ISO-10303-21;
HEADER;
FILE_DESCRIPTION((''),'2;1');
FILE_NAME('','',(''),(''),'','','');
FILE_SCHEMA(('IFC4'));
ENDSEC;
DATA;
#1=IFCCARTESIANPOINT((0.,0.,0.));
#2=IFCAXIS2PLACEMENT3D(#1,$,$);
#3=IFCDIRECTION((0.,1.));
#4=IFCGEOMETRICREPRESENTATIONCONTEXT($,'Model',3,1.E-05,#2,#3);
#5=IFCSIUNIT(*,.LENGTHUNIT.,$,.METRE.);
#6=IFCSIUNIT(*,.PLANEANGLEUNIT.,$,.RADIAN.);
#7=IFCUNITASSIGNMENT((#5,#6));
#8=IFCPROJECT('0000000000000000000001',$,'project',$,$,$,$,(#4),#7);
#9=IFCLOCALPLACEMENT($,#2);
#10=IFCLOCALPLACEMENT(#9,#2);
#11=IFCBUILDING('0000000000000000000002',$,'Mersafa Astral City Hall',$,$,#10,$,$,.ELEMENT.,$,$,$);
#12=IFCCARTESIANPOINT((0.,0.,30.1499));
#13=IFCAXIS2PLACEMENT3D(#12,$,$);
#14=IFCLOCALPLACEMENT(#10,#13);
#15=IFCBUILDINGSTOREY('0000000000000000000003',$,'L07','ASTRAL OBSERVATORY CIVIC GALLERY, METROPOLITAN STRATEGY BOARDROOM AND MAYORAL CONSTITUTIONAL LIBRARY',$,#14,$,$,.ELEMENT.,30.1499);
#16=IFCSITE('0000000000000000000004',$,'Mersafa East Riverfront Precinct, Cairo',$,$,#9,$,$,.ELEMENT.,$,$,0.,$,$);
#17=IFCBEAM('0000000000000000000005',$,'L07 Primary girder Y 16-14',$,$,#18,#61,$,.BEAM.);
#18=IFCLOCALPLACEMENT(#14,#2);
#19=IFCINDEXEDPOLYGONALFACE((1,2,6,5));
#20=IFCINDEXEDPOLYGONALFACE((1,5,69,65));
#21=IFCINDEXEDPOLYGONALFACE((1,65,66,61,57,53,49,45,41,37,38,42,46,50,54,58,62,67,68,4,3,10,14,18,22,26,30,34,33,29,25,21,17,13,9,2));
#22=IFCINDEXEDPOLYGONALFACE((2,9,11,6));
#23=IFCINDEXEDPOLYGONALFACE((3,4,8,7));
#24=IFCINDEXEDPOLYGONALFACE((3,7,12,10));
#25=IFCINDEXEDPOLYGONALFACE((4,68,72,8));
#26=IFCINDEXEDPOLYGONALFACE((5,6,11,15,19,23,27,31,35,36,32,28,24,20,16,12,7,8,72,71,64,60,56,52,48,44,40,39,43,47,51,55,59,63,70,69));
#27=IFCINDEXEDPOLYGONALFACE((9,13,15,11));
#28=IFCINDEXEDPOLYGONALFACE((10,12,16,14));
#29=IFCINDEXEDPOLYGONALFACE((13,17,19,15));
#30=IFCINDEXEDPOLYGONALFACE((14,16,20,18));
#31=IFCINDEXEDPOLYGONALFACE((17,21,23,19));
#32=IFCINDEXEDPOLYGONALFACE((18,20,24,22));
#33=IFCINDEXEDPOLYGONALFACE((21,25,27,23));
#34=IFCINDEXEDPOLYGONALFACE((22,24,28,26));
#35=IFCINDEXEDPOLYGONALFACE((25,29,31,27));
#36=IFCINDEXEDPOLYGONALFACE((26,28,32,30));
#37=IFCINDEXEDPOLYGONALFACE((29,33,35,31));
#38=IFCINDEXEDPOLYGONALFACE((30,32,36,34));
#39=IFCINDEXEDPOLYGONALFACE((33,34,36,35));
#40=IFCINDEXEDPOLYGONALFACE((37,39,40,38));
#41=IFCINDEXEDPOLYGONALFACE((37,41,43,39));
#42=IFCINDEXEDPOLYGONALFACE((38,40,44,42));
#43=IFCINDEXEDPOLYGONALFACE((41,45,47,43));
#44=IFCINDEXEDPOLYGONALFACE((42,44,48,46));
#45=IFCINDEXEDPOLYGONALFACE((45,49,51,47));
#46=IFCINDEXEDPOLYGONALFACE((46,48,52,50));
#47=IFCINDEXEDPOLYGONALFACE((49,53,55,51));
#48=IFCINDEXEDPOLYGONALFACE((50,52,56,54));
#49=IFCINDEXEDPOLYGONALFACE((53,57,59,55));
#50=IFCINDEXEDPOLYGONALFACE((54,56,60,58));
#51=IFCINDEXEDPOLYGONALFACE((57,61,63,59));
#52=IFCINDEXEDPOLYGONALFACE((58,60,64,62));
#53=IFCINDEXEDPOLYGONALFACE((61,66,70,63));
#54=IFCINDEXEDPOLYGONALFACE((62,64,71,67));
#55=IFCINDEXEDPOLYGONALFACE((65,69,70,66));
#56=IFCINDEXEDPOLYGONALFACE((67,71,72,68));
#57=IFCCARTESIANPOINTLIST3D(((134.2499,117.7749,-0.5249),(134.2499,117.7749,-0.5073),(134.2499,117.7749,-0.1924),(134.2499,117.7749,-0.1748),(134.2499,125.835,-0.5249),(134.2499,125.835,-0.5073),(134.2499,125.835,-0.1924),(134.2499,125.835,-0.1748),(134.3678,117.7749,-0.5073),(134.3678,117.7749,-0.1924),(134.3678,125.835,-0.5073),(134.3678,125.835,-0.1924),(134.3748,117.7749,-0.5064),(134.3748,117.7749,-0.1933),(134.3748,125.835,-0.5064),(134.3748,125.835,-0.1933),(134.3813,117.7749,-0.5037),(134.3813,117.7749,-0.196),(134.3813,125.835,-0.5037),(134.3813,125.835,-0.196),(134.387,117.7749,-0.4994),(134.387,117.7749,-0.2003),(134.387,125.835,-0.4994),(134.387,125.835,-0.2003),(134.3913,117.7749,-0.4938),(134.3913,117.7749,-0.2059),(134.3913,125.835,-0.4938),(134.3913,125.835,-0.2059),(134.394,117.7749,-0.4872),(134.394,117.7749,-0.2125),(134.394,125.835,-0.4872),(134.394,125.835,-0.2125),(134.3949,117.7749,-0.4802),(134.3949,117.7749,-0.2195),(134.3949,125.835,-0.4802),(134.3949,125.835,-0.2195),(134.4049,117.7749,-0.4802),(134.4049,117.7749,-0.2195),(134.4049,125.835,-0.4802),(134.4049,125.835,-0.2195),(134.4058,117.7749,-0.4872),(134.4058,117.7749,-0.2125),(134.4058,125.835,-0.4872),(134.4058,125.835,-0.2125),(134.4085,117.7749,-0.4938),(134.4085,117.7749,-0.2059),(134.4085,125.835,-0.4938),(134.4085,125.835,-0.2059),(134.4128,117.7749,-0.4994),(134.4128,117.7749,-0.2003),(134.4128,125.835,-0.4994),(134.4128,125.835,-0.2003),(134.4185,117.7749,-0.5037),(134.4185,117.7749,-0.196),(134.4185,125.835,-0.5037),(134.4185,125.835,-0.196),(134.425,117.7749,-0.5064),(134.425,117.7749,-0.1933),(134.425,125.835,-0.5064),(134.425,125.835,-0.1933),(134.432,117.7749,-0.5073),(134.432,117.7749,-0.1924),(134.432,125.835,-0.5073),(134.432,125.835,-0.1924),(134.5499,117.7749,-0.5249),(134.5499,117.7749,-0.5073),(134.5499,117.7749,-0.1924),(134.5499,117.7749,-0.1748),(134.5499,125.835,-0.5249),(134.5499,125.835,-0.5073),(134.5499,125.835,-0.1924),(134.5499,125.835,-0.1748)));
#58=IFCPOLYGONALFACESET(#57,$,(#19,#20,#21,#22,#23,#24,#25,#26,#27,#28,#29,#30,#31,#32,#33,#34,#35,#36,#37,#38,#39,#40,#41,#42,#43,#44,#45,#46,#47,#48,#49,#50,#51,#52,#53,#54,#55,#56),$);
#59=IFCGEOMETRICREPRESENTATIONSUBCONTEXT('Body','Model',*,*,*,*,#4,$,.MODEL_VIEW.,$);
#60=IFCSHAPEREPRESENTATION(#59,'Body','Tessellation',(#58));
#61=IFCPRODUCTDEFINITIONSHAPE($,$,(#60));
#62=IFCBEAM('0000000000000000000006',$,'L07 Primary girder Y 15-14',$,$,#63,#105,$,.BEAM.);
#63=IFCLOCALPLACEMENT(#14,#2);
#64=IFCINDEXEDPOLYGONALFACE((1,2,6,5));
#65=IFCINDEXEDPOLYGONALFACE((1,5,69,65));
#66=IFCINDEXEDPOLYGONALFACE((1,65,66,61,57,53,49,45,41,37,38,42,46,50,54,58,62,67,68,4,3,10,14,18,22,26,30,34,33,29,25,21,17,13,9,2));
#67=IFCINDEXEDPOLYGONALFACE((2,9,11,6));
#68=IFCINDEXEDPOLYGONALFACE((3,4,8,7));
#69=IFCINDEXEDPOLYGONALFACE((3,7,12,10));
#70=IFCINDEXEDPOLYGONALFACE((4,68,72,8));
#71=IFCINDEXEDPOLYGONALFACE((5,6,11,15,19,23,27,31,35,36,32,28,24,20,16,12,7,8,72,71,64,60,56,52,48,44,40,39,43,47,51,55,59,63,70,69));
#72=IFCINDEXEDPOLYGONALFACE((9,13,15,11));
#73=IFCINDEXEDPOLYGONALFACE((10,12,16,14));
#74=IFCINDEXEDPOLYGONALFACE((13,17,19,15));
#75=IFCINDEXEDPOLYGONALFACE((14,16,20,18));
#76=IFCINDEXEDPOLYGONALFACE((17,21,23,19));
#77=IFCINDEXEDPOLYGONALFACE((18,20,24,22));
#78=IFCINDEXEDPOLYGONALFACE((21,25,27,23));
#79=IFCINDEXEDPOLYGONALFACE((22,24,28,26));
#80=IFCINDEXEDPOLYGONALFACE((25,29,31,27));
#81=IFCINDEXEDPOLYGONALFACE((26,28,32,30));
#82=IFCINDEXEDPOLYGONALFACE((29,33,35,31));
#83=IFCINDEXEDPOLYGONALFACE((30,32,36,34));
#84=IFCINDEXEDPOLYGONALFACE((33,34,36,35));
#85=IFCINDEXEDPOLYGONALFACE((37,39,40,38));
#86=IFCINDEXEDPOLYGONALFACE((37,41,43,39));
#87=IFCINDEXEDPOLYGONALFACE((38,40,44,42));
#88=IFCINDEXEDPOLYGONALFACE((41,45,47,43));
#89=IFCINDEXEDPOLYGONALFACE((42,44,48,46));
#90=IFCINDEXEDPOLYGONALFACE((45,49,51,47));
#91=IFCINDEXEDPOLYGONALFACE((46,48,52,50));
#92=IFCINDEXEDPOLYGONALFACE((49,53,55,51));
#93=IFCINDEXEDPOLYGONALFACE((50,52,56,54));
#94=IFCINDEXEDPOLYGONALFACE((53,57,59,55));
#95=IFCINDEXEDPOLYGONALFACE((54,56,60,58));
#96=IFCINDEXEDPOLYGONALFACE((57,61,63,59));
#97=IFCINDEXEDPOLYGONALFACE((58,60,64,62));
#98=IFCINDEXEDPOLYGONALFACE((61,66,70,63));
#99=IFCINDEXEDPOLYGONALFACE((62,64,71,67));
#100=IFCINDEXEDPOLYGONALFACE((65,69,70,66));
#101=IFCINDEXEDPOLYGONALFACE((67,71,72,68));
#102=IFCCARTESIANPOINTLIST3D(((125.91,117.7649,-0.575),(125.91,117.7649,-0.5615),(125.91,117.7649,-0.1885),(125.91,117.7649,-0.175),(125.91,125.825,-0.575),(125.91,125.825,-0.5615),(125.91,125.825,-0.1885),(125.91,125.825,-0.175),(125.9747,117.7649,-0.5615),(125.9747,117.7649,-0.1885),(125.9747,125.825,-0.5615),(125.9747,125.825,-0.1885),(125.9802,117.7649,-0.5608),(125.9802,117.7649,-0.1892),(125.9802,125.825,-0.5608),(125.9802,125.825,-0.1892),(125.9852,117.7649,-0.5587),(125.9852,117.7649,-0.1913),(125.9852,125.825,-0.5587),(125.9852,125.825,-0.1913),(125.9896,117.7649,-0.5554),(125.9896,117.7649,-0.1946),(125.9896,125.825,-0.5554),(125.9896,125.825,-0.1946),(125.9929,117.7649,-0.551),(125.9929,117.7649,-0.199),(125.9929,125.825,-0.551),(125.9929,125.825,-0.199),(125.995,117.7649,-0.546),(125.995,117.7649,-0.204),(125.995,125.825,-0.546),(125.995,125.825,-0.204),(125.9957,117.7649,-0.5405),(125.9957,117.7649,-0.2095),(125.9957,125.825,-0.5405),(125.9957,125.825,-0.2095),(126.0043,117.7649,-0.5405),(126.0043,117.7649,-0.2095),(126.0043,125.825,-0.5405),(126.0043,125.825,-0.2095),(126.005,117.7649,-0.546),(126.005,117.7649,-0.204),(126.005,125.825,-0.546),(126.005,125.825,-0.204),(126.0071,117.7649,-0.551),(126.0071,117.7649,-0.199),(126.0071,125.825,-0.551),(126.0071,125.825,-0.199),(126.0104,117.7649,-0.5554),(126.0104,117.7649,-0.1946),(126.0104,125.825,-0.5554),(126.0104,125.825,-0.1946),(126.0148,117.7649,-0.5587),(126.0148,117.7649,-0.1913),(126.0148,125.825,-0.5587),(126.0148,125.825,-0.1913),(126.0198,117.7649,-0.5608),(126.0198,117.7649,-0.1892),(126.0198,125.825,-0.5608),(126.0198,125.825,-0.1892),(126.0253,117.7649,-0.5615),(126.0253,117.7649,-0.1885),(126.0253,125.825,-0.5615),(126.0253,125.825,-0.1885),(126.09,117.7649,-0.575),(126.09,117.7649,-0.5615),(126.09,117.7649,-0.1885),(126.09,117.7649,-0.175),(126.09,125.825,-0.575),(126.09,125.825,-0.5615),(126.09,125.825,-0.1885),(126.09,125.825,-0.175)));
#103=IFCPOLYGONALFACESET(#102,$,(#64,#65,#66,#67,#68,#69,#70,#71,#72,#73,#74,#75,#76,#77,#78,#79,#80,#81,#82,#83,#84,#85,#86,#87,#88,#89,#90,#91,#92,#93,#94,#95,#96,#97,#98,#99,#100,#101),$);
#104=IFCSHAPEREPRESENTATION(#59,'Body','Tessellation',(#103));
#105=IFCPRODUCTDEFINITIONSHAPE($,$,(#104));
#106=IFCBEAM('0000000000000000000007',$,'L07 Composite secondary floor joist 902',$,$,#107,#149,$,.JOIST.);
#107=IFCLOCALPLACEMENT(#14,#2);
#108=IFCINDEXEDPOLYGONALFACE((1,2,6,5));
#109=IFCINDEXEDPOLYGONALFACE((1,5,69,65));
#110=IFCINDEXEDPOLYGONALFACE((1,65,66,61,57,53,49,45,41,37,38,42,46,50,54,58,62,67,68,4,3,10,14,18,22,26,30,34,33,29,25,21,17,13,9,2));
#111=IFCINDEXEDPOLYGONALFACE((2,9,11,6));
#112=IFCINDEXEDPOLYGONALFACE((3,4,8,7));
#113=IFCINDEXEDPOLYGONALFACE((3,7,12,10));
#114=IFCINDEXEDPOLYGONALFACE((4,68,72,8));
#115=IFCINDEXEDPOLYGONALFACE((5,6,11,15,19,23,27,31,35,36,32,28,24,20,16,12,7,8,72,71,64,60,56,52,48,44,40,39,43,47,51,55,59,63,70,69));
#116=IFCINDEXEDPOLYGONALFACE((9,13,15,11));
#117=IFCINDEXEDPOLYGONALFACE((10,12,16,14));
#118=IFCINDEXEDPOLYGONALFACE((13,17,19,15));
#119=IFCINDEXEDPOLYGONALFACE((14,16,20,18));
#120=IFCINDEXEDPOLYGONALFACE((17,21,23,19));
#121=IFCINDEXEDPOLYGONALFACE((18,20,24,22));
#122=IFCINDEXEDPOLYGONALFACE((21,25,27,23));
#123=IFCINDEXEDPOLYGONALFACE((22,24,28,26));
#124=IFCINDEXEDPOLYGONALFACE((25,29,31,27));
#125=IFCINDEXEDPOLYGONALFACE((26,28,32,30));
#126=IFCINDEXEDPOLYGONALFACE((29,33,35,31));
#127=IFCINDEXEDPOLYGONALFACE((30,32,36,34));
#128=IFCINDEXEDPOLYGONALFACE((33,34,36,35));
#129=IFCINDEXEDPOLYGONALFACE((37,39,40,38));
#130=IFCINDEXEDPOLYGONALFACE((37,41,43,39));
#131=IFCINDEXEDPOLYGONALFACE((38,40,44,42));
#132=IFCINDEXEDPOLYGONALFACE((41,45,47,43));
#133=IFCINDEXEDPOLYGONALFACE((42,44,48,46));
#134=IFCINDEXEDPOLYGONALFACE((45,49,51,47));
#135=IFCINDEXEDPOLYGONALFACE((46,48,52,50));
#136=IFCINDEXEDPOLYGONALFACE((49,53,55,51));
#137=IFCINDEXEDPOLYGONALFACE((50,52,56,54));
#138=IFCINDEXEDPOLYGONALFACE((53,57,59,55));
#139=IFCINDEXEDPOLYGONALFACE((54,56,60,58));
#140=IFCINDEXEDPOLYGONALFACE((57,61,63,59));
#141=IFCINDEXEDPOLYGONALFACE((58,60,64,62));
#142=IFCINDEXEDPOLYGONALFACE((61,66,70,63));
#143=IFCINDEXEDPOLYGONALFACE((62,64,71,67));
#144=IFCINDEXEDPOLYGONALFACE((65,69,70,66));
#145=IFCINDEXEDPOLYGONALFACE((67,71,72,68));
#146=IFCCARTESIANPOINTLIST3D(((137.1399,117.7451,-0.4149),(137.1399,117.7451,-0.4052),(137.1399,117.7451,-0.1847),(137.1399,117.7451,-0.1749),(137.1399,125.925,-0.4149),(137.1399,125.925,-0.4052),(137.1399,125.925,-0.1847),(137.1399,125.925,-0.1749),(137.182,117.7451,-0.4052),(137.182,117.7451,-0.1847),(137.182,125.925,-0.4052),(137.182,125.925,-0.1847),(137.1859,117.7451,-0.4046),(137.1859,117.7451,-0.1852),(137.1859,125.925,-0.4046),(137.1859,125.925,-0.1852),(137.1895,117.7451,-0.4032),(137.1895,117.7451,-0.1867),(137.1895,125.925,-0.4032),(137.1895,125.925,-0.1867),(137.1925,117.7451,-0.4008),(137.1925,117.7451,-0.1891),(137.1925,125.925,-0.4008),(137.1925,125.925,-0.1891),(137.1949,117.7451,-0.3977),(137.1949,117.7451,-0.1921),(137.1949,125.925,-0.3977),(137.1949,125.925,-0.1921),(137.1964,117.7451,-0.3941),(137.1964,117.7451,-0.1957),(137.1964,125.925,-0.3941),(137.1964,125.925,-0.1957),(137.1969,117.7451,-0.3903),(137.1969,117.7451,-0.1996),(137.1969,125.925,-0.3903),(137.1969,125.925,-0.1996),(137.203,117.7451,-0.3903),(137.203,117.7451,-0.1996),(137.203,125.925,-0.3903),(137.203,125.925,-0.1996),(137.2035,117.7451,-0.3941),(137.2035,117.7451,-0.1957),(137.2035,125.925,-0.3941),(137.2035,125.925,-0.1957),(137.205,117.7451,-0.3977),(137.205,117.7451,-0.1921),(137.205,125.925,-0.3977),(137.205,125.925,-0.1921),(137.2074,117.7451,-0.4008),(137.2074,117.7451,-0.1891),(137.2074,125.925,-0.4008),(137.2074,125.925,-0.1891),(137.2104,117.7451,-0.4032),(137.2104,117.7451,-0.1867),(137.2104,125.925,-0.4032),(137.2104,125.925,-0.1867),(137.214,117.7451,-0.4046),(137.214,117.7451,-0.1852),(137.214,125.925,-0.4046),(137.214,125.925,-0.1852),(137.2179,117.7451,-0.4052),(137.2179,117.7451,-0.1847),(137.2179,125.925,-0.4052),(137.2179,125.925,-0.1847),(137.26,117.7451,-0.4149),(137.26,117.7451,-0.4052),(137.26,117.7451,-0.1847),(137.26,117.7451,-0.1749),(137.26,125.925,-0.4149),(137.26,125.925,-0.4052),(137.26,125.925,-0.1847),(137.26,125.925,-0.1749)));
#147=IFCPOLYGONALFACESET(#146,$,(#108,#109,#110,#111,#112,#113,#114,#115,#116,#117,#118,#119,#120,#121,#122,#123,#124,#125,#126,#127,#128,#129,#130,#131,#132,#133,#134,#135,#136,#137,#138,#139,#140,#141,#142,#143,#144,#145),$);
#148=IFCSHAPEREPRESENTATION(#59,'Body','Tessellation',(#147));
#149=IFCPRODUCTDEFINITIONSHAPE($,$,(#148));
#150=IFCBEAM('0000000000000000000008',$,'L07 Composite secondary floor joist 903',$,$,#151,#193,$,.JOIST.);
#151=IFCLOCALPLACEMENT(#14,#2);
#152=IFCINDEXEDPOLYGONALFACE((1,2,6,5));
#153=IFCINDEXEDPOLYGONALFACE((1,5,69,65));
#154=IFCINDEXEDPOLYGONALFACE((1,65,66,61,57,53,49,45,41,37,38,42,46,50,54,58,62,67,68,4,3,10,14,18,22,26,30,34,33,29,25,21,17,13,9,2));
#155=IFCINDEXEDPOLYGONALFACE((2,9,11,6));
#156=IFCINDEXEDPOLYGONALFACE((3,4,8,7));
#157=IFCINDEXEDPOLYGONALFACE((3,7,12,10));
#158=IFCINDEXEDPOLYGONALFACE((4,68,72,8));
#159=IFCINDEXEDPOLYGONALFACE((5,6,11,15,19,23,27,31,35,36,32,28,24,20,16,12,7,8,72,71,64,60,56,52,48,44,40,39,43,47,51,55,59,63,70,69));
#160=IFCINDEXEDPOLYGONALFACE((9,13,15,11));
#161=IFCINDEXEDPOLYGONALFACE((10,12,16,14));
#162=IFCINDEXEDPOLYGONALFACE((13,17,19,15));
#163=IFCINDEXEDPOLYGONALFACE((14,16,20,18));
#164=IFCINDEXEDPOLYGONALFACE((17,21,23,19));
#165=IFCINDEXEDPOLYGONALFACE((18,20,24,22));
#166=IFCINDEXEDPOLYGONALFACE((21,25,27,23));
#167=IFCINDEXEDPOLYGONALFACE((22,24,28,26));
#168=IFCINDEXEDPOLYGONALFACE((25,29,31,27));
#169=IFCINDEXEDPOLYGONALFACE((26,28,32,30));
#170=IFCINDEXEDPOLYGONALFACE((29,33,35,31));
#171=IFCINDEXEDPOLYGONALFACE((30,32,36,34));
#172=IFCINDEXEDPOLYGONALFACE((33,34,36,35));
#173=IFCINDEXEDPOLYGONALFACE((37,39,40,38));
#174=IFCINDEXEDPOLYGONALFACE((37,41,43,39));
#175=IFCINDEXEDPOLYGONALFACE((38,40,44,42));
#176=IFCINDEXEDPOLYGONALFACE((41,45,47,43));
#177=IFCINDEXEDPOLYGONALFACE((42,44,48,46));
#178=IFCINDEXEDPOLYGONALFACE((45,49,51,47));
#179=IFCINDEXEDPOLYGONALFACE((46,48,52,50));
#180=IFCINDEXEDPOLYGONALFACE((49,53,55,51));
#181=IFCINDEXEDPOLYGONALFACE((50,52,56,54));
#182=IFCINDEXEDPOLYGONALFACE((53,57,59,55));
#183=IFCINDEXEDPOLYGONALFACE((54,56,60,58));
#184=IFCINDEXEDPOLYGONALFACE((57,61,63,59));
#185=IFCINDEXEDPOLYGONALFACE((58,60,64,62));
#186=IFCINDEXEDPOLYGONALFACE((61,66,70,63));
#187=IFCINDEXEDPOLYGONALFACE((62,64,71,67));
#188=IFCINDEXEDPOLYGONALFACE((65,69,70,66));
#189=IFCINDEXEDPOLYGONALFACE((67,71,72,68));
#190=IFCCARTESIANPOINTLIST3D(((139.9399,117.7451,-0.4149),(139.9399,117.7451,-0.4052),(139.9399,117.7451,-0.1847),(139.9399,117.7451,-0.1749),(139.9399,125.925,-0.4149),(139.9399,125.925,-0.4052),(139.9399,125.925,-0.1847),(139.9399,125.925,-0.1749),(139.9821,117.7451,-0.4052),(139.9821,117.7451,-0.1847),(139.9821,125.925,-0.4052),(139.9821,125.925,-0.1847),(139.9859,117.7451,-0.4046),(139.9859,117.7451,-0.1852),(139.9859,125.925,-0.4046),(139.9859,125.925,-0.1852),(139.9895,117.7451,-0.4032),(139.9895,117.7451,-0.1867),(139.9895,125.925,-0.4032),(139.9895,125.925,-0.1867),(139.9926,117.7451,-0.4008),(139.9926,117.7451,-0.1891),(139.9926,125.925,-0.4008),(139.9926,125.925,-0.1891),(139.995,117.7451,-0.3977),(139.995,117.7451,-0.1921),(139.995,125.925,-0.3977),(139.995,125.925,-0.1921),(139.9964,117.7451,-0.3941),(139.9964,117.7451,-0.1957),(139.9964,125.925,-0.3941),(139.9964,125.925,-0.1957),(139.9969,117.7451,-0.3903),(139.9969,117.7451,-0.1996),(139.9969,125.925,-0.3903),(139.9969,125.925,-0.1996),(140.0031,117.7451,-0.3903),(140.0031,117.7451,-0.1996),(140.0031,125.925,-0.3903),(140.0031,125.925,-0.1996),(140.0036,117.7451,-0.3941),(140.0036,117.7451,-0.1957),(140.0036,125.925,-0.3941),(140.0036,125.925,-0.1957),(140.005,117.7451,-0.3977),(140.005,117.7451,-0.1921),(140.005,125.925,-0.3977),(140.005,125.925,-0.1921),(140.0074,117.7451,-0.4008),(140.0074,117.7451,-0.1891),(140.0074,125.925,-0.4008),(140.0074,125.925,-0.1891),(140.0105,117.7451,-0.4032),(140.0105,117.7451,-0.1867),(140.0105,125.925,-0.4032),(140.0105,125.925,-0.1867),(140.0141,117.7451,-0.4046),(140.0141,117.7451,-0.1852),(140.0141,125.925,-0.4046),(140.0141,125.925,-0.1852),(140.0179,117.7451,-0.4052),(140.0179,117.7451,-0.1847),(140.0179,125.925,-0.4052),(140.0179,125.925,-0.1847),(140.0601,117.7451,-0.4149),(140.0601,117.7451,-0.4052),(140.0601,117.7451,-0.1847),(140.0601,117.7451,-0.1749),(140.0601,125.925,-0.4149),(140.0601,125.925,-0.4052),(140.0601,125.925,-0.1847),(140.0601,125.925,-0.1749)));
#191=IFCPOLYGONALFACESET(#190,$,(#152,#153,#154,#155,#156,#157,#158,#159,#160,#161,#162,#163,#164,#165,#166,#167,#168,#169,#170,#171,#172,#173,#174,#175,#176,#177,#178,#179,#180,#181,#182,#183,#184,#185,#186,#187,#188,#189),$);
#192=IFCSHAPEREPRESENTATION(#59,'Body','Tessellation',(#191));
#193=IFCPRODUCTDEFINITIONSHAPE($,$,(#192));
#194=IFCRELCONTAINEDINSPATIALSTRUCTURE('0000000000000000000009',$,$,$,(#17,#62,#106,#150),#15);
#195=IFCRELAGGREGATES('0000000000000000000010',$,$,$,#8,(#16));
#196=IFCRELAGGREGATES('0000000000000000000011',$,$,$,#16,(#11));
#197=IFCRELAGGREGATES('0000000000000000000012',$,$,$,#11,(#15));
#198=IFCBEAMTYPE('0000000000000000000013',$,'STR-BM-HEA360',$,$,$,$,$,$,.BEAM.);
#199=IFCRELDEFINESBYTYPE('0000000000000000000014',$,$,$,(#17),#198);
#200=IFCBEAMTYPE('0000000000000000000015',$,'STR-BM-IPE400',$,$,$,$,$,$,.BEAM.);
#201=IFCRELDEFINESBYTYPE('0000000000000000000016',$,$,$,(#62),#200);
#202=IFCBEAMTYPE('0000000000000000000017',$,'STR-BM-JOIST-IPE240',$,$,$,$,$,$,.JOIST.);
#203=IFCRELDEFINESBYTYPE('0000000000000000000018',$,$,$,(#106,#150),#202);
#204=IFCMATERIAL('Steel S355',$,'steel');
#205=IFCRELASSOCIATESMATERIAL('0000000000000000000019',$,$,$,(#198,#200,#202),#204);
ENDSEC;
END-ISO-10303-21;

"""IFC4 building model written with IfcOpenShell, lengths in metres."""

from ifc_helpers import new_model, si_unit, direction, frame, origin, origin_2d, place, context, subcontext, project, spatial, i_section, extrude, material, material_profile, profile_set, type_object, element, save


model = new_model("IFC4")

# Units and contexts
model_context = context("Model", 3, precision=1e-05, world=origin(), true_north=direction((0.0, 1.0)))
body_context = subcontext(model_context, "Body", "Model", "MODEL_VIEW")
ifc_project = project(units=[si_unit("LENGTHUNIT", "METRE"), si_unit("PLANEANGLEUNIT", "RADIAN")], contexts=[model_context])

# Site, building, storey
site_placement = place(None, origin())
site = spatial("IfcSite", under=ifc_project, at=site_placement, Name="Mersafa East Riverfront Precinct, Cairo", CompositionType="ELEMENT", RefElevation=0.0)
building_placement = place(site_placement, origin())
building = spatial("IfcBuilding", under=site, at=building_placement, Name="Mersafa Astral City Hall", CompositionType="ELEMENT")
storey_placement = place(building_placement, frame((0.0, 0.0, 30.1499)))
storey = spatial("IfcBuildingStorey", under=building, at=storey_placement, Name="L07", Description="ASTRAL OBSERVATORY CIVIC GALLERY, METROPOLITAN STRATEGY BOARDROOM AND MAYORAL CONSTITUTIONAL LIBRARY", CompositionType="ELEMENT", Elevation=30.1499)

# Shared definitions
ifc_material_1 = material(Name="Steel S355", Category="steel")

# Beams
ifc_material_profile_1 = material_profile(ifc_material_1, i_section(OverallWidth=0.3, OverallDepth=0.3501, WebThickness=0.01, FlangeThickness=0.0176, FilletRadius=0.0271, at=origin_2d()), Name="HEA 360")
ifc_profile_set_1 = profile_set([ifc_material_profile_1], Name="Steel S355")
beam_type_1 = type_object("IfcBeamType", Name="STR-BM-HEA360", PredefinedType="BEAM", material=ifc_profile_set_1)
beam_1_placement = place(storey_placement, frame((134.3999, 117.7749, -0.3499), z_axis=(0.0, 1.0, 0.0), x_axis=(-1.0, 0.0, 0.0)))
element("IfcBeam", 1, at=beam_1_placement, inside=storey, type_object=beam_type_1, Name="L07 Primary girder Y 16-14", PredefinedType="BEAM", context=body_context, shape_type="SweptSolid", body=[
    extrude(i_section(OverallWidth=0.3, OverallDepth=0.3501, WebThickness=0.01, FlangeThickness=0.0176, FilletRadius=0.0271, at=origin_2d()), origin(), (0.0, 0.0, 1.0), 8.0601),
])
ifc_material_profile_2 = material_profile(ifc_material_1, i_section(OverallWidth=0.1799, OverallDepth=0.3999, WebThickness=0.0085, FlangeThickness=0.0134, FilletRadius=0.021, at=origin_2d()), Name="IPE 400")
ifc_profile_set_2 = profile_set([ifc_material_profile_2], Name="Steel S355")
beam_type_2 = type_object("IfcBeamType", Name="STR-BM-IPE400", PredefinedType="BEAM", material=ifc_profile_set_2)
beam_2_placement = place(storey_placement, frame((126.0, 117.7649, -0.375), z_axis=(0.0, 1.0, 0.0), x_axis=(-1.0, 0.0, 0.0)))
element("IfcBeam", 2, at=beam_2_placement, inside=storey, type_object=beam_type_2, Name="L07 Primary girder Y 15-14", PredefinedType="BEAM", context=body_context, shape_type="SweptSolid", body=[
    extrude(i_section(OverallWidth=0.1799, OverallDepth=0.3999, WebThickness=0.0085, FlangeThickness=0.0134, FilletRadius=0.021, at=origin_2d()), origin(), (0.0, 0.0, 1.0), 8.0601),
])
ifc_material_profile_3 = material_profile(ifc_material_1, i_section(OverallWidth=0.1201, OverallDepth=0.24, WebThickness=0.0061, FlangeThickness=0.0098, FilletRadius=0.0149, at=origin_2d()), Name="IPE 240")
ifc_profile_set_3 = profile_set([ifc_material_profile_3], Name="Steel S355")
beam_type_3 = type_object("IfcBeamType", Name="STR-BM-JOIST-IPE240", PredefinedType="JOIST", material=ifc_profile_set_3)
for number, where, z_axis, x_axis, name in (
    (3, (137.2, 117.7451, -0.2949), (0.0, 1.0, 0.0), (-1.0, 0.0, 0.0), "L07 Composite secondary floor joist 902"),
    (4, (140.0, 117.7451, -0.2949), (0.0, 1.0, 0.0), (-1.0, 0.0, 0.0), "L07 Composite secondary floor joist 903"),
):
    element("IfcBeam", number, at=place(storey_placement, frame(where, z_axis=z_axis, x_axis=x_axis)), inside=storey, type_object=beam_type_3, Name=name, PredefinedType="JOIST", context=body_context, shape_type="SweptSolid", body=[
        extrude(i_section(OverallWidth=0.1201, OverallDepth=0.24, WebThickness=0.0061, FlangeThickness=0.0098, FilletRadius=0.0149, at=origin_2d()), origin(), (0.0, 0.0, 1.0), 8.1799),
    ])

save(model, "model.ifc")
